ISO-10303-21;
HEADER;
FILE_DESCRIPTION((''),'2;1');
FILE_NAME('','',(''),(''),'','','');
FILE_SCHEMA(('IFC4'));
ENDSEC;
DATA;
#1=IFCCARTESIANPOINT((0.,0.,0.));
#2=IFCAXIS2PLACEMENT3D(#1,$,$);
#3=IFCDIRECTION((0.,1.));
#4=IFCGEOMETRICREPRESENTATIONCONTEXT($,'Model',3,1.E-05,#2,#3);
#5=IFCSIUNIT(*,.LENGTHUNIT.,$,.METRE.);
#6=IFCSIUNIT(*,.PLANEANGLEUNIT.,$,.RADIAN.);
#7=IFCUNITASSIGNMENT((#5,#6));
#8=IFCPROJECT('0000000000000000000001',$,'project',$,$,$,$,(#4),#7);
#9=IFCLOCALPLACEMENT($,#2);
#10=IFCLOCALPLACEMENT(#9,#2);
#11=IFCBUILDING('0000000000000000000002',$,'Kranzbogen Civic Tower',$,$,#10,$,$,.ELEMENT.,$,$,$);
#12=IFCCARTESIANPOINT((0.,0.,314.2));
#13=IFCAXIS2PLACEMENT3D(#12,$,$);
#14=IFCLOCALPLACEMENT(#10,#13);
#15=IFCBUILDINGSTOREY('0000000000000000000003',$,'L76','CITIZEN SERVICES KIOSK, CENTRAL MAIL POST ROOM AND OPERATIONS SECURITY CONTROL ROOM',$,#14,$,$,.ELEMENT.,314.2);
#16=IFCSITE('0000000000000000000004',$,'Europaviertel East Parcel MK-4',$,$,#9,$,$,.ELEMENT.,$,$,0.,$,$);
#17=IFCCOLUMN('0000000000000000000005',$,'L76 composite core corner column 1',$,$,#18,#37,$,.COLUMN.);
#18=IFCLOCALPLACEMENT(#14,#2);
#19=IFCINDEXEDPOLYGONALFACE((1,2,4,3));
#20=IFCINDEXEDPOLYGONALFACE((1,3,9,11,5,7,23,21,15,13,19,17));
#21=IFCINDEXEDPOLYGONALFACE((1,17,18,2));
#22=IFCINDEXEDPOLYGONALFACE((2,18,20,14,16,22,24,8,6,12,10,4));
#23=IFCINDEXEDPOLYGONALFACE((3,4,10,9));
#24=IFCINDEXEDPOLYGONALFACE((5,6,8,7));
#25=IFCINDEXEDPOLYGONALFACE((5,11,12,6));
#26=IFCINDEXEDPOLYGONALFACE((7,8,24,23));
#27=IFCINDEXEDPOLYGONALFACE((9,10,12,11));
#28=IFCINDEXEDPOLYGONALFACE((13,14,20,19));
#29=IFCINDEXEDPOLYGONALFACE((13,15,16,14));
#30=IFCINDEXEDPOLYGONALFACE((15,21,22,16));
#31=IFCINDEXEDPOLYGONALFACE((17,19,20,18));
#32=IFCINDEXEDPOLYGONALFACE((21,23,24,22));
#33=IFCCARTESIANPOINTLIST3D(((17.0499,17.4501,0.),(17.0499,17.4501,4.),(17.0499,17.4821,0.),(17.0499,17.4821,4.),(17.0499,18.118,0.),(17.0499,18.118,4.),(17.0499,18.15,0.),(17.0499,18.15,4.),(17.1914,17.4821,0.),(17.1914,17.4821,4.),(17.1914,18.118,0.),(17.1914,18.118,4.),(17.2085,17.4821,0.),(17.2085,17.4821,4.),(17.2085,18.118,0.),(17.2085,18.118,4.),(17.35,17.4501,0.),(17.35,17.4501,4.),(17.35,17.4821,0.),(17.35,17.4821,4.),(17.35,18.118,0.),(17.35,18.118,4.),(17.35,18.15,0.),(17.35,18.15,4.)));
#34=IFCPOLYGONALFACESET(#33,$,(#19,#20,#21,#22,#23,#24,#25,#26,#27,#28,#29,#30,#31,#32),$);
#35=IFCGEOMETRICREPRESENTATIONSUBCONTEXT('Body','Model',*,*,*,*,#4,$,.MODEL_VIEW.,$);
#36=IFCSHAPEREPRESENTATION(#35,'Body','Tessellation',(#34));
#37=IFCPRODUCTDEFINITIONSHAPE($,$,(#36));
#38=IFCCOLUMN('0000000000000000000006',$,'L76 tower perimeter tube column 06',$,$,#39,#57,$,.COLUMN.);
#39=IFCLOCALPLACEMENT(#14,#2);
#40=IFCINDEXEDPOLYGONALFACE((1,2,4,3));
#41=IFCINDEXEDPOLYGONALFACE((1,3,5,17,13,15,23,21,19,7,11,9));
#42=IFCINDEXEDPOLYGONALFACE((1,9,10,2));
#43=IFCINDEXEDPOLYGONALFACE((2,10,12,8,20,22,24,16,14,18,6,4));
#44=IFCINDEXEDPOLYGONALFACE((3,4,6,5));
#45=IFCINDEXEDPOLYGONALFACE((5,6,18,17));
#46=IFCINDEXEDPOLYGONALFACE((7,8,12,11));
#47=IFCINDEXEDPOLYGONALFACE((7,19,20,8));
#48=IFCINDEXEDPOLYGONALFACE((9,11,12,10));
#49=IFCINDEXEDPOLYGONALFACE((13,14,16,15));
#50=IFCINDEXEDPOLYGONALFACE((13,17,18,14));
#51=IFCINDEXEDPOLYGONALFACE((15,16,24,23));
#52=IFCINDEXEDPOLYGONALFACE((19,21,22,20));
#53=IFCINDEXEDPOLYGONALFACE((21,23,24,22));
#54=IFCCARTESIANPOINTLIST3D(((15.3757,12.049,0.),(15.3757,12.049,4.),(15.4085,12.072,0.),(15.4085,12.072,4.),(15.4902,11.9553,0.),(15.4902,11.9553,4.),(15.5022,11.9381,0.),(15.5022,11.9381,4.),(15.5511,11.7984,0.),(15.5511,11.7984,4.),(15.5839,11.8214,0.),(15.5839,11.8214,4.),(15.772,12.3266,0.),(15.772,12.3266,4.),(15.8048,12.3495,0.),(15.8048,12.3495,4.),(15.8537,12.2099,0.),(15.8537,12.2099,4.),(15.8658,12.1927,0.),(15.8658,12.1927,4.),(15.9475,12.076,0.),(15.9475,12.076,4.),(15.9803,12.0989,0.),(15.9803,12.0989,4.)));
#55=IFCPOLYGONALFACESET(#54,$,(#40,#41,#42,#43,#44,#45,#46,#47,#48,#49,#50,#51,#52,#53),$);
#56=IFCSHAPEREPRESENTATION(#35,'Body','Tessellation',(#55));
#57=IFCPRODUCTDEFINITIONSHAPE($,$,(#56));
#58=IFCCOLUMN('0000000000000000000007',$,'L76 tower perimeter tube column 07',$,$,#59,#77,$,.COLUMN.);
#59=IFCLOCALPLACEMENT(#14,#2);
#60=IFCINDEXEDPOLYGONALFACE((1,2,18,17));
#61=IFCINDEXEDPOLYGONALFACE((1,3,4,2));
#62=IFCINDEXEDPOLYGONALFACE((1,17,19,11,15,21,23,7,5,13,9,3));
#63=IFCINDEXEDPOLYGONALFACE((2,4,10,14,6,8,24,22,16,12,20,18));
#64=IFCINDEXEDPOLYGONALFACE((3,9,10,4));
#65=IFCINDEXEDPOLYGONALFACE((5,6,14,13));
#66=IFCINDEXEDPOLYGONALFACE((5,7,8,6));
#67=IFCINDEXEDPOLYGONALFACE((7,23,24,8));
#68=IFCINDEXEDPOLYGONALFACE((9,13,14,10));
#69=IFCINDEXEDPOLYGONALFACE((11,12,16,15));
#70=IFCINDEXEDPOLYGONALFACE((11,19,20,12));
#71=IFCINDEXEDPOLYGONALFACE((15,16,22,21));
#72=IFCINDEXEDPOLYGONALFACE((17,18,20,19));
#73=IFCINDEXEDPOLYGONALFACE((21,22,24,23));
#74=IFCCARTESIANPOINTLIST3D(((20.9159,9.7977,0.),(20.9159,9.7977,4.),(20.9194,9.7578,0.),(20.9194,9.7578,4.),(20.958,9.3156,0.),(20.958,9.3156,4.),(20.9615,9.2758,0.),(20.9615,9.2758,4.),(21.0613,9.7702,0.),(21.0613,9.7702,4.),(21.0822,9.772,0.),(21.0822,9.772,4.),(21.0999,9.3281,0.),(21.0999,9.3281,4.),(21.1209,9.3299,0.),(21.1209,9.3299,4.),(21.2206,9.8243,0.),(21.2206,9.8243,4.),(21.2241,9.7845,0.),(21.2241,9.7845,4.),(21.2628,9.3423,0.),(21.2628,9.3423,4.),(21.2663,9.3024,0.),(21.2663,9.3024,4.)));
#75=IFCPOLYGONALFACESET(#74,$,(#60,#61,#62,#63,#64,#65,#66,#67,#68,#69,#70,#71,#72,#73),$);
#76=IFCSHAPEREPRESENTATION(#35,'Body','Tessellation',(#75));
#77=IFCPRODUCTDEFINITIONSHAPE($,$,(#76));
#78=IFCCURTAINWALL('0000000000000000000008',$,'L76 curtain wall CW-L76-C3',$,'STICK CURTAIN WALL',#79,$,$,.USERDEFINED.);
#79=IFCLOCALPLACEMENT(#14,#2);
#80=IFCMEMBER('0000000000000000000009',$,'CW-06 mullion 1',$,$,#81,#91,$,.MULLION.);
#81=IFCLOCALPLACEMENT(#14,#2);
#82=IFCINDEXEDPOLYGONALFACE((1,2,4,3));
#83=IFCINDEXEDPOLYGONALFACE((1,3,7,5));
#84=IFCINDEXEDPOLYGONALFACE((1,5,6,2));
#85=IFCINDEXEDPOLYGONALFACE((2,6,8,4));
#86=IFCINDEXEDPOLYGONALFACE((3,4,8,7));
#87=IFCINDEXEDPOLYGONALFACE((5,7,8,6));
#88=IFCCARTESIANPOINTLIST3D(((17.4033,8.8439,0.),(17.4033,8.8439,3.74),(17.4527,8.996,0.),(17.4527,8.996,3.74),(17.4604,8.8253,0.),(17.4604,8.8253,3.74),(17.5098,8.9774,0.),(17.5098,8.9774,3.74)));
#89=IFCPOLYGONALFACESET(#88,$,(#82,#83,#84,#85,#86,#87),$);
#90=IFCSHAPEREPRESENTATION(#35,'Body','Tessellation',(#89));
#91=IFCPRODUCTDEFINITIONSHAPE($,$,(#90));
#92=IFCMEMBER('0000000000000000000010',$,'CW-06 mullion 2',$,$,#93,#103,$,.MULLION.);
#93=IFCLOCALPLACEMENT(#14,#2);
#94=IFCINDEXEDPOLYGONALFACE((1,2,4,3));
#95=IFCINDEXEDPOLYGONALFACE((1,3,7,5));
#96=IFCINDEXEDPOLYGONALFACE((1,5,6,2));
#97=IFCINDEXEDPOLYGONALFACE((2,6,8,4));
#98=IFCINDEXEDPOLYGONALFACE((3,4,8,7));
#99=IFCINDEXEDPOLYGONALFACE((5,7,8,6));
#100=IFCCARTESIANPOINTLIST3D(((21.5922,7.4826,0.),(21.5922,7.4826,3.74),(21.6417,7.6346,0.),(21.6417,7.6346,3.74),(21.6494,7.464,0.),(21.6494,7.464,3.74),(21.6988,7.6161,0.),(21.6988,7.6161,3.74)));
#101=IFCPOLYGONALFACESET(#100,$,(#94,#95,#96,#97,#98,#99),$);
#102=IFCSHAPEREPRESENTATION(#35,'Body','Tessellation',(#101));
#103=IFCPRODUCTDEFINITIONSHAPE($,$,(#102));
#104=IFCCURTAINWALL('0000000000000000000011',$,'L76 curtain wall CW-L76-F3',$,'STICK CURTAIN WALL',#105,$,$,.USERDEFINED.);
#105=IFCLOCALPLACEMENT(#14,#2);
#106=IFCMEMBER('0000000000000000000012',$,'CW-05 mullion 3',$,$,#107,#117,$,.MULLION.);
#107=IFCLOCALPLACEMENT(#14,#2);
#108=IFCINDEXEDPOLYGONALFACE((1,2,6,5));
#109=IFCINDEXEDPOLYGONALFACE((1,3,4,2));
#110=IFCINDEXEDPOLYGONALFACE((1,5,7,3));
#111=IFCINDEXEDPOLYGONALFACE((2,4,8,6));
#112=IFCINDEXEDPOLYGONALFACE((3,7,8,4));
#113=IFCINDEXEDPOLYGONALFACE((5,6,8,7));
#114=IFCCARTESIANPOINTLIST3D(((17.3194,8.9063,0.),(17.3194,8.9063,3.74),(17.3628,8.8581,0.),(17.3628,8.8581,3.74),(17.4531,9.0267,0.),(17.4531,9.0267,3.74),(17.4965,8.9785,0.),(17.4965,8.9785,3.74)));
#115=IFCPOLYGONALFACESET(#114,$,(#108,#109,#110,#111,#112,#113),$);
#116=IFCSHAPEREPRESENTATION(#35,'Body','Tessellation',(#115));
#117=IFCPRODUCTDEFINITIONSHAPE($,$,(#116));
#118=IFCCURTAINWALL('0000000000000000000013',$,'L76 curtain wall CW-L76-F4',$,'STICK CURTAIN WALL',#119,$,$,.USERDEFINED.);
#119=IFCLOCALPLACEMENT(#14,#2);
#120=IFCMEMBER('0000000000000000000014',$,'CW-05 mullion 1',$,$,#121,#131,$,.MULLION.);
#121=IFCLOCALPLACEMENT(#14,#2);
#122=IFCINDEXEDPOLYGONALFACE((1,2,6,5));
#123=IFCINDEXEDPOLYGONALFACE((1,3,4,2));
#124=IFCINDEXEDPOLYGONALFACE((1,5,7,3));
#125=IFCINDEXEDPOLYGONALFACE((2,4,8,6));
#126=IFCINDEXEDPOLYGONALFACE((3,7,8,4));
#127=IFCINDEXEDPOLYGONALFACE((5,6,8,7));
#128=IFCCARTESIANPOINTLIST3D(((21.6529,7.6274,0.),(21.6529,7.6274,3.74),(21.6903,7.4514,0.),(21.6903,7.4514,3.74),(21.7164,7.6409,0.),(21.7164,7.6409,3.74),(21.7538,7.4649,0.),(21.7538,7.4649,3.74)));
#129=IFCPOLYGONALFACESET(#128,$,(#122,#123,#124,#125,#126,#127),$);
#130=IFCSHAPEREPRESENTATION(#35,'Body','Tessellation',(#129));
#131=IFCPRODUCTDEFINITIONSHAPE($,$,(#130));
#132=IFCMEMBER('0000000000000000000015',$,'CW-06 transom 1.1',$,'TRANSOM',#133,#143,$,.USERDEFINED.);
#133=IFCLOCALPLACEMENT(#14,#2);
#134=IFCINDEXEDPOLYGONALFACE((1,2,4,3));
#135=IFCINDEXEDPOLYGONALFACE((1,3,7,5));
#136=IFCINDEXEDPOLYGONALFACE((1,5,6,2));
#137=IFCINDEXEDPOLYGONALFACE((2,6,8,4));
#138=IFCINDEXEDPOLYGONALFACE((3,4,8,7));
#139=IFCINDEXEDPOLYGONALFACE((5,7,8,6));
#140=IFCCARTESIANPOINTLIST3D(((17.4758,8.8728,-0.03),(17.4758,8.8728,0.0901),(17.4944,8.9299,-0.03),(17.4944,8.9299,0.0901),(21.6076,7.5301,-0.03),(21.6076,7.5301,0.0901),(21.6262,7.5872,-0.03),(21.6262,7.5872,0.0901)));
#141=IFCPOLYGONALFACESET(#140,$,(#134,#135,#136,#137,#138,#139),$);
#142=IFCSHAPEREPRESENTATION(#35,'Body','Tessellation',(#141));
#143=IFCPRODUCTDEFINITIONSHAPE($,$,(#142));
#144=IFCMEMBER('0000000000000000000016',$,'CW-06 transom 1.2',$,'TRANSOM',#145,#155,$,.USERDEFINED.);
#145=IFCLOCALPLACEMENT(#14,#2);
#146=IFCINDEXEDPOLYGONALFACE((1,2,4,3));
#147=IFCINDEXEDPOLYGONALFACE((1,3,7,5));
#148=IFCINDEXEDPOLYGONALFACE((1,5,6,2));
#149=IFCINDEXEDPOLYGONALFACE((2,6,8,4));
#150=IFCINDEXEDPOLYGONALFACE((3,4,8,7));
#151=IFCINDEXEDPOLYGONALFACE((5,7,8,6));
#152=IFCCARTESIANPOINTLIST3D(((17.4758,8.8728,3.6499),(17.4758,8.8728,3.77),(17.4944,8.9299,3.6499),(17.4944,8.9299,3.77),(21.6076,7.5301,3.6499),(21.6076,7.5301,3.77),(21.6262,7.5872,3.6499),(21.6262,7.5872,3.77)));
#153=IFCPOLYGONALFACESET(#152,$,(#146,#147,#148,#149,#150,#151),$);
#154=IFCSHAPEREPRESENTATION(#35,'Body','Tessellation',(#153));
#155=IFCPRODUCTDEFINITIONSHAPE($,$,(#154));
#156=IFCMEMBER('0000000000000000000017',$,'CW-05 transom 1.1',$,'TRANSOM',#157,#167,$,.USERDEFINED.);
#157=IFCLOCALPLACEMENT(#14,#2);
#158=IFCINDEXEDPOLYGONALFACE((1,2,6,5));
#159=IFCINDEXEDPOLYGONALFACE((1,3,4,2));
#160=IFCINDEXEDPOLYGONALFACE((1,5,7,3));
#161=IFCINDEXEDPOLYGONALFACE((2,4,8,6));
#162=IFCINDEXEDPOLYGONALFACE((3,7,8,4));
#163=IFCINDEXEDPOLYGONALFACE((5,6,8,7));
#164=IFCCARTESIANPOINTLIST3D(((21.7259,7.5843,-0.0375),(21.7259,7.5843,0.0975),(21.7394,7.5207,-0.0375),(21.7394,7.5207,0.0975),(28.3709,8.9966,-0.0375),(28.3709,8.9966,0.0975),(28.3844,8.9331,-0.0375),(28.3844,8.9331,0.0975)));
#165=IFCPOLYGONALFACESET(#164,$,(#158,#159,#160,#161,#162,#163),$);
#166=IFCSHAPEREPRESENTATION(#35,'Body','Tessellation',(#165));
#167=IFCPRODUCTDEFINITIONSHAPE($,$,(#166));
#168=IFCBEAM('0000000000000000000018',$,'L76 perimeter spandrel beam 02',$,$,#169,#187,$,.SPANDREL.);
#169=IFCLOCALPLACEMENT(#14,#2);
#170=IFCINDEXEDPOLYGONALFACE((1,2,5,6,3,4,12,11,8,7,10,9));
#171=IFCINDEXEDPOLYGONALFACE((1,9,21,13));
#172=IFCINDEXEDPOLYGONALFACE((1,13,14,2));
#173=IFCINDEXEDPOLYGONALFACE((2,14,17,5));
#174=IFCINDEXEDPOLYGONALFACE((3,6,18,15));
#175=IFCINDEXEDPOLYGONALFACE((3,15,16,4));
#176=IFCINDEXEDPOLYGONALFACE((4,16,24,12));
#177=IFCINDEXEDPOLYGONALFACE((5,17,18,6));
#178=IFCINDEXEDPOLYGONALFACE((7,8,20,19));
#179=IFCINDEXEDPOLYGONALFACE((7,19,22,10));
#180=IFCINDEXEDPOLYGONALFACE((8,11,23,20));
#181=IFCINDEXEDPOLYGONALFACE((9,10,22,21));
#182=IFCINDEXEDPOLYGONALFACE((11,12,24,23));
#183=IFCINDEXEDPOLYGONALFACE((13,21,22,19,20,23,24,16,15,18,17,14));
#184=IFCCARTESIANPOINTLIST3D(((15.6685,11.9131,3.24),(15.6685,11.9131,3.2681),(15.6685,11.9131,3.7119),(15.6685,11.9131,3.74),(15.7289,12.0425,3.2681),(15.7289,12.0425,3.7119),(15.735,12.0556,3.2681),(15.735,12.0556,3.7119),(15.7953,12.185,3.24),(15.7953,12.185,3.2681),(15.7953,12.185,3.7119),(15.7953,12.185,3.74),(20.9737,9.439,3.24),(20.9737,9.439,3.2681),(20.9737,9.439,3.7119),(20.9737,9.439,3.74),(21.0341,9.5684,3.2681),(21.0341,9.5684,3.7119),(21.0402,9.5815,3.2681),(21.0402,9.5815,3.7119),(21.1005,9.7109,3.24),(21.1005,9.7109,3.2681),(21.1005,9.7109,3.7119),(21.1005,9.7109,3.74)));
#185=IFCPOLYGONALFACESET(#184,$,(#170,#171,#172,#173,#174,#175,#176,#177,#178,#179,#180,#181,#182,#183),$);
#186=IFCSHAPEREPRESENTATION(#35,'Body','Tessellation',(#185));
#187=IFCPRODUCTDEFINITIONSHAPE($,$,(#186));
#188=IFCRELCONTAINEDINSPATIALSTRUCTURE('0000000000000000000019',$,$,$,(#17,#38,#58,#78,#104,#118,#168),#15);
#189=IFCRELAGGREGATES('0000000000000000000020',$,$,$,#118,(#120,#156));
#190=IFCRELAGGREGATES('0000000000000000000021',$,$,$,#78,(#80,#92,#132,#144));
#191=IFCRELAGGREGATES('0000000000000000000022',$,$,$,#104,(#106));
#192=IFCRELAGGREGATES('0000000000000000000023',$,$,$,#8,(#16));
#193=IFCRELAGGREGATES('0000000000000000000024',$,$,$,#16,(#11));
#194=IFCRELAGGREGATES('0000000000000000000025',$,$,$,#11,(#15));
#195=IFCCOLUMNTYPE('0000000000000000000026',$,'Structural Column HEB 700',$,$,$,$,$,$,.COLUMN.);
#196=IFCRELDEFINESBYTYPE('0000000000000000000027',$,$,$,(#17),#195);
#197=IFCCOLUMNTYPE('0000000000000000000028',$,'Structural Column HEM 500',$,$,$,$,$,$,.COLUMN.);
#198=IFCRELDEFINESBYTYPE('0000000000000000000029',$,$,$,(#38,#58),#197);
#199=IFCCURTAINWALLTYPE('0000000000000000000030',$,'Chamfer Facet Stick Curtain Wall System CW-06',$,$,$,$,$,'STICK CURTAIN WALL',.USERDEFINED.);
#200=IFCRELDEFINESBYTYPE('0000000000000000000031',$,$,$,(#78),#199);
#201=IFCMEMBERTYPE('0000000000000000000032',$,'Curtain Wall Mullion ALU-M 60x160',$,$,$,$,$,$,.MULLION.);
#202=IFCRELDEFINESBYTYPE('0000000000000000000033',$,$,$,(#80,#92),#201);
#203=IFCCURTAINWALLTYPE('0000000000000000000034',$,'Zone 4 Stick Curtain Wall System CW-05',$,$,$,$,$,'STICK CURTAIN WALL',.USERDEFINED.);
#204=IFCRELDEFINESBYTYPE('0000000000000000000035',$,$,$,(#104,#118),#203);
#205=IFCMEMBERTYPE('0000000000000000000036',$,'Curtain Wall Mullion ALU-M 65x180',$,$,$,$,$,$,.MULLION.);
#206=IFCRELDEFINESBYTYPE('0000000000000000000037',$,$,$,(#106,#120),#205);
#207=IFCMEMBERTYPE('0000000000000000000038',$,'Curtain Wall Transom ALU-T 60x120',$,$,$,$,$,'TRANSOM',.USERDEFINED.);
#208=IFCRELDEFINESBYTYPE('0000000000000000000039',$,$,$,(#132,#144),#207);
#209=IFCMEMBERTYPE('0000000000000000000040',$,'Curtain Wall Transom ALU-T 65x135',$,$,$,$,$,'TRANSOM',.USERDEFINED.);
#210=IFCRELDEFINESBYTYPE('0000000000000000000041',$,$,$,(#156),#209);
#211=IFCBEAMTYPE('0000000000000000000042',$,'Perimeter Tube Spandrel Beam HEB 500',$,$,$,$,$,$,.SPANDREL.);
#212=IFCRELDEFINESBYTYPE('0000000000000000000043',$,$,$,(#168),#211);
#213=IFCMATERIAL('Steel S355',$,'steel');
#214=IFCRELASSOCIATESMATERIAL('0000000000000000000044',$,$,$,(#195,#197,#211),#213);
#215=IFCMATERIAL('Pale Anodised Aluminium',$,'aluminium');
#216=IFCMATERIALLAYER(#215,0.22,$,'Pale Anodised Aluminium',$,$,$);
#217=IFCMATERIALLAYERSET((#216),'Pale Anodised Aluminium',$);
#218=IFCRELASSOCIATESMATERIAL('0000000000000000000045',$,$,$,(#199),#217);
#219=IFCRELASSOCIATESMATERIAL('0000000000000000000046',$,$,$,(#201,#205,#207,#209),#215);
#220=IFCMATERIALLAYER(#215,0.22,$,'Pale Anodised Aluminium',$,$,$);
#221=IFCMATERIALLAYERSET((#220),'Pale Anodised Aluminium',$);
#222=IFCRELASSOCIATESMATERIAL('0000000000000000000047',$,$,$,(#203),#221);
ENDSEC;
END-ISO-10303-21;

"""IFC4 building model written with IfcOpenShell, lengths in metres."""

from ifc_helpers import new_model, si_unit, direction, frame, origin, origin_2d, place, context, subcontext, project, spatial, rectangle, i_section, extrude, material, layer, layer_set, material_profile, profile_set, type_object, element, aggregate, save


model = new_model("IFC4")

# Units and contexts
model_context = context("Model", 3, precision=1e-05, world=origin(), true_north=direction((0.0, 1.0)))
body_context = subcontext(model_context, "Body", "Model", "MODEL_VIEW")
ifc_project = project(units=[si_unit("LENGTHUNIT", "METRE"), si_unit("PLANEANGLEUNIT", "RADIAN")], contexts=[model_context])

# Site, building, storey
site_placement = place(None, origin())
site = spatial("IfcSite", under=ifc_project, at=site_placement, Name="Europaviertel East Parcel MK-4", CompositionType="ELEMENT", RefElevation=0.0)
building_placement = place(site_placement, origin())
building = spatial("IfcBuilding", under=site, at=building_placement, Name="Kranzbogen Civic Tower", CompositionType="ELEMENT")
storey_placement = place(building_placement, frame((0.0, 0.0, 314.2)))
storey = spatial("IfcBuildingStorey", under=building, at=storey_placement, Name="L76", Description="CITIZEN SERVICES KIOSK, CENTRAL MAIL POST ROOM AND OPERATIONS SECURITY CONTROL ROOM", CompositionType="ELEMENT", Elevation=314.2)

# Columns
ifc_material_1 = material(Name="Steel S355", Category="steel")
ifc_material_profile_1 = material_profile(ifc_material_1, i_section(OverallWidth=0.3, OverallDepth=0.7, WebThickness=0.0171, FlangeThickness=0.032, at=origin_2d()), Name="HEB 700")
ifc_profile_set_1 = profile_set([ifc_material_profile_1], Name="Steel S355")
column_type_1 = type_object("IfcColumnType", Name="Structural Column HEB 700", PredefinedType="COLUMN", material=ifc_profile_set_1)
column_placement = place(storey_placement, frame((17.2, 17.8, 0.0), z_axis=(0.0, 0.0, 1.0), x_axis=(1.0, 0.0, 0.0)))
element("IfcColumn", 1, at=column_placement, inside=storey, type_object=column_type_1, Name="L76 composite core corner column 1", PredefinedType="COLUMN", context=body_context, shape_type="SweptSolid", body=[
    extrude(i_section(OverallWidth=0.3, OverallDepth=0.7, WebThickness=0.0171, FlangeThickness=0.032, at=origin_2d()), origin(), (0.0, 0.0, 1.0), 4.0),
])
ifc_material_profile_2 = material_profile(ifc_material_1, i_section(OverallWidth=0.3059, OverallDepth=0.5239, WebThickness=0.021, FlangeThickness=0.04, at=origin_2d()), Name="HEM 500")
ifc_profile_set_2 = profile_set([ifc_material_profile_2], Name="Steel S355")
column_type_2 = type_object("IfcColumnType", Name="Structural Column HEM 500", PredefinedType="COLUMN", material=ifc_profile_set_2)
for number, where, z_axis, x_axis, name in (
    (2, (15.678, 12.074, 0.0), (0.0, 0.0, 1.0), (-0.573576, 0.819152, 0.0), "L76 tower perimeter tube column 06"),
    (3, (21.0911, 9.55, 0.0), (0.0, 0.0, 1.0), (0.996195, 0.087156, 0.0), "L76 tower perimeter tube column 07"),
):
    element("IfcColumn", number, at=place(storey_placement, frame(where, z_axis=z_axis, x_axis=x_axis)), inside=storey, type_object=column_type_2, Name=name, PredefinedType="COLUMN", context=body_context, shape_type="SweptSolid", body=[
        extrude(i_section(OverallWidth=0.3059, OverallDepth=0.5239, WebThickness=0.021, FlangeThickness=0.04, at=origin_2d()), origin(), (0.0, 0.0, 1.0), 4.0),
    ])

# Curtain wall, members
ifc_material_2 = material(Name="Pale Anodised Aluminium", Category="aluminium")
ifc_layer_1 = layer(ifc_material_2, 0.22, Name="Pale Anodised Aluminium")
ifc_layer_set_1 = layer_set([ifc_layer_1], Name="Pale Anodised Aluminium")
curtain_wall_type_1 = type_object("IfcCurtainWallType", Name="Chamfer Facet Stick Curtain Wall System CW-06", ElementType="STICK CURTAIN WALL", PredefinedType="USERDEFINED", material=ifc_layer_set_1)
curtain_wall_1_placement = place(storey_placement, origin())
curtain_wall_1 = element("IfcCurtainWall", 4, at=curtain_wall_1_placement, inside=storey, type_object=curtain_wall_type_1, Name="L76 curtain wall CW-L76-C3", ObjectType="STICK CURTAIN WALL", PredefinedType="USERDEFINED")
ifc_material_profile_3 = material_profile(ifc_material_2, rectangle(XDim=0.0601, YDim=0.1599, at=origin_2d()), Name="ALU-M 60x160")
ifc_profile_set_3 = profile_set([ifc_material_profile_3], Name="Pale Anodised Aluminium")
member_type_1 = type_object("IfcMemberType", Name="Curtain Wall Mullion ALU-M 60x160", PredefinedType="MULLION", material=ifc_profile_set_3)
member_1_placement = place(storey_placement, frame((17.4565, 8.9106, 0.0), z_axis=(0.0, 0.0, 1.0), x_axis=(0.951031, -0.309096, 0.0)))
member_1 = element("IfcMember", 5, at=member_1_placement, type_object=member_type_1, Name="CW-06 mullion 1", PredefinedType="MULLION", context=body_context, shape_type="SweptSolid", body=[
    extrude(rectangle(XDim=0.0601, YDim=0.1599, at=origin_2d()), origin(), (0.0, 0.0, 1.0), 3.74),
])
member_2_placement = place(storey_placement, frame((21.6455, 7.5493, 0.0), z_axis=(0.0, 0.0, 1.0), x_axis=(0.951031, -0.309096, 0.0)))
member_2 = element("IfcMember", 6, at=member_2_placement, type_object=member_type_1, Name="CW-06 mullion 2", PredefinedType="MULLION", context=body_context, shape_type="SweptSolid", body=[
    extrude(rectangle(XDim=0.0601, YDim=0.1599, at=origin_2d()), origin(), (0.0, 0.0, 1.0), 3.74),
])

# Curtain walls, members
ifc_layer_2 = layer(ifc_material_2, 0.22, Name="Pale Anodised Aluminium")
ifc_layer_set_2 = layer_set([ifc_layer_2], Name="Pale Anodised Aluminium")
curtain_wall_type_2 = type_object("IfcCurtainWallType", Name="Zone 4 Stick Curtain Wall System CW-05", ElementType="STICK CURTAIN WALL", PredefinedType="USERDEFINED", material=ifc_layer_set_2)
curtain_wall_2_placement = place(storey_placement, origin())
curtain_wall_2 = element("IfcCurtainWall", 7, at=curtain_wall_2_placement, inside=storey, type_object=curtain_wall_type_2, Name="L76 curtain wall CW-L76-F3", ObjectType="STICK CURTAIN WALL", PredefinedType="USERDEFINED")
ifc_material_profile_4 = material_profile(ifc_material_2, rectangle(XDim=0.0649, YDim=0.1799, at=origin_2d()), Name="ALU-M 65x180")
ifc_profile_set_4 = profile_set([ifc_material_profile_4], Name="Pale Anodised Aluminium")
member_type_2 = type_object("IfcMemberType", Name="Curtain Wall Mullion ALU-M 65x180", PredefinedType="MULLION", material=ifc_profile_set_4)
member_3_placement = place(storey_placement, frame((17.408, 8.9424, 0.0), z_axis=(0.0, 0.0, 1.0), x_axis=(0.669165, -0.743114, 0.0)))
member_3 = element("IfcMember", 8, at=member_3_placement, type_object=member_type_2, Name="CW-05 mullion 3", PredefinedType="MULLION", context=body_context, shape_type="SweptSolid", body=[
    extrude(rectangle(XDim=0.0649, YDim=0.1799, at=origin_2d()), origin(), (0.0, 0.0, 1.0), 3.74),
])
curtain_wall_3_placement = place(storey_placement, origin())
curtain_wall_3 = element("IfcCurtainWall", 9, at=curtain_wall_3_placement, inside=storey, type_object=curtain_wall_type_2, Name="L76 curtain wall CW-L76-F4", ObjectType="STICK CURTAIN WALL", PredefinedType="USERDEFINED")
member_4_placement = place(storey_placement, frame((21.7034, 7.5461, 0.0), z_axis=(0.0, 0.0, 1.0), x_axis=(0.978152, 0.207892, 0.0)))
member_4 = element("IfcMember", 10, at=member_4_placement, type_object=member_type_2, Name="CW-05 mullion 1", PredefinedType="MULLION", context=body_context, shape_type="SweptSolid", body=[
    extrude(rectangle(XDim=0.0649, YDim=0.1799, at=origin_2d()), origin(), (0.0, 0.0, 1.0), 3.74),
])

# Members
ifc_material_profile_5 = material_profile(ifc_material_2, rectangle(XDim=0.0601, YDim=0.1201, at=origin_2d()), Name="ALU-T 60x120")
ifc_profile_set_5 = profile_set([ifc_material_profile_5], Name="Pale Anodised Aluminium")
member_type_3 = type_object("IfcMemberType", Name="Curtain Wall Transom ALU-T 60x120", ElementType="TRANSOM", PredefinedType="USERDEFINED", material=ifc_profile_set_5)
member_5_placement = place(storey_placement, frame((17.4851, 8.9014, 0.03), z_axis=(0.951039, -0.309071, 0.0), x_axis=(0.309071, 0.951039, 0.0)))
member_5 = element("IfcMember", 11, at=member_5_placement, type_object=member_type_3, Name="CW-06 transom 1.1", ObjectType="TRANSOM", PredefinedType="USERDEFINED", context=body_context, shape_type="SweptSolid", body=[
    extrude(rectangle(XDim=0.0601, YDim=0.1201, at=origin_2d()), origin(), (0.0, 0.0, 1.0), 4.3445),
])
member_6_placement = place(storey_placement, frame((17.4851, 8.9014, 3.71), z_axis=(0.951039, -0.309071, 0.0), x_axis=(0.309071, 0.951039, 0.0)))
member_6 = element("IfcMember", 12, at=member_6_placement, type_object=member_type_3, Name="CW-06 transom 1.2", ObjectType="TRANSOM", PredefinedType="USERDEFINED", context=body_context, shape_type="SweptSolid", body=[
    extrude(rectangle(XDim=0.0601, YDim=0.1201, at=origin_2d()), origin(), (0.0, 0.0, 1.0), 4.3445),
])
ifc_material_profile_6 = material_profile(ifc_material_2, rectangle(XDim=0.0649, YDim=0.135, at=origin_2d()), Name="ALU-T 65x135")
ifc_profile_set_6 = profile_set([ifc_material_profile_6], Name="Pale Anodised Aluminium")
member_type_4 = type_object("IfcMemberType", Name="Curtain Wall Transom ALU-T 65x135", ElementType="TRANSOM", PredefinedType="USERDEFINED", material=ifc_profile_set_6)
member_7_placement = place(storey_placement, frame((21.7327, 7.5525, 0.03), z_axis=(0.97815, 0.207899, 0.0), x_axis=(-0.207899, 0.97815, 0.0)))
member_7 = element("IfcMember", 13, at=member_7_placement, type_object=member_type_4, Name="CW-05 transom 1.1", ObjectType="TRANSOM", PredefinedType="USERDEFINED", context=body_context, shape_type="SweptSolid", body=[
    extrude(rectangle(XDim=0.0649, YDim=0.135, at=origin_2d()), origin(), (0.0, 0.0, 1.0), 6.7935),
])
aggregate(curtain_wall_3, [member_4, member_7])

# Beam
ifc_material_profile_7 = material_profile(ifc_material_1, i_section(OverallWidth=0.3, OverallDepth=0.5, WebThickness=0.0144, FlangeThickness=0.0281, at=origin_2d()), Name="HEB 500")
ifc_profile_set_7 = profile_set([ifc_material_profile_7], Name="Steel S355")
beam_type_1 = type_object("IfcBeamType", Name="Perimeter Tube Spandrel Beam HEB 500", PredefinedType="SPANDREL", material=ifc_profile_set_7)
beam_1_placement = place(storey_placement, frame((15.7319, 12.0491, 3.49), z_axis=(0.90629, -0.422657, 0.0), x_axis=(0.422657, 0.90629, 0.0)))
element("IfcBeam", 14, at=beam_1_placement, inside=storey, type_object=beam_type_1, Name="L76 perimeter spandrel beam 02", PredefinedType="SPANDREL", context=body_context, shape_type="SweptSolid", body=[
    extrude(i_section(OverallWidth=0.3, OverallDepth=0.5, WebThickness=0.0144, FlangeThickness=0.0281, at=origin_2d()), origin(), (0.0, 0.0, 1.0), 5.8538),
])

aggregate(curtain_wall_1, [member_1, member_2, member_5, member_6])
aggregate(curtain_wall_2, [member_3])

save(model, "model.ifc")
